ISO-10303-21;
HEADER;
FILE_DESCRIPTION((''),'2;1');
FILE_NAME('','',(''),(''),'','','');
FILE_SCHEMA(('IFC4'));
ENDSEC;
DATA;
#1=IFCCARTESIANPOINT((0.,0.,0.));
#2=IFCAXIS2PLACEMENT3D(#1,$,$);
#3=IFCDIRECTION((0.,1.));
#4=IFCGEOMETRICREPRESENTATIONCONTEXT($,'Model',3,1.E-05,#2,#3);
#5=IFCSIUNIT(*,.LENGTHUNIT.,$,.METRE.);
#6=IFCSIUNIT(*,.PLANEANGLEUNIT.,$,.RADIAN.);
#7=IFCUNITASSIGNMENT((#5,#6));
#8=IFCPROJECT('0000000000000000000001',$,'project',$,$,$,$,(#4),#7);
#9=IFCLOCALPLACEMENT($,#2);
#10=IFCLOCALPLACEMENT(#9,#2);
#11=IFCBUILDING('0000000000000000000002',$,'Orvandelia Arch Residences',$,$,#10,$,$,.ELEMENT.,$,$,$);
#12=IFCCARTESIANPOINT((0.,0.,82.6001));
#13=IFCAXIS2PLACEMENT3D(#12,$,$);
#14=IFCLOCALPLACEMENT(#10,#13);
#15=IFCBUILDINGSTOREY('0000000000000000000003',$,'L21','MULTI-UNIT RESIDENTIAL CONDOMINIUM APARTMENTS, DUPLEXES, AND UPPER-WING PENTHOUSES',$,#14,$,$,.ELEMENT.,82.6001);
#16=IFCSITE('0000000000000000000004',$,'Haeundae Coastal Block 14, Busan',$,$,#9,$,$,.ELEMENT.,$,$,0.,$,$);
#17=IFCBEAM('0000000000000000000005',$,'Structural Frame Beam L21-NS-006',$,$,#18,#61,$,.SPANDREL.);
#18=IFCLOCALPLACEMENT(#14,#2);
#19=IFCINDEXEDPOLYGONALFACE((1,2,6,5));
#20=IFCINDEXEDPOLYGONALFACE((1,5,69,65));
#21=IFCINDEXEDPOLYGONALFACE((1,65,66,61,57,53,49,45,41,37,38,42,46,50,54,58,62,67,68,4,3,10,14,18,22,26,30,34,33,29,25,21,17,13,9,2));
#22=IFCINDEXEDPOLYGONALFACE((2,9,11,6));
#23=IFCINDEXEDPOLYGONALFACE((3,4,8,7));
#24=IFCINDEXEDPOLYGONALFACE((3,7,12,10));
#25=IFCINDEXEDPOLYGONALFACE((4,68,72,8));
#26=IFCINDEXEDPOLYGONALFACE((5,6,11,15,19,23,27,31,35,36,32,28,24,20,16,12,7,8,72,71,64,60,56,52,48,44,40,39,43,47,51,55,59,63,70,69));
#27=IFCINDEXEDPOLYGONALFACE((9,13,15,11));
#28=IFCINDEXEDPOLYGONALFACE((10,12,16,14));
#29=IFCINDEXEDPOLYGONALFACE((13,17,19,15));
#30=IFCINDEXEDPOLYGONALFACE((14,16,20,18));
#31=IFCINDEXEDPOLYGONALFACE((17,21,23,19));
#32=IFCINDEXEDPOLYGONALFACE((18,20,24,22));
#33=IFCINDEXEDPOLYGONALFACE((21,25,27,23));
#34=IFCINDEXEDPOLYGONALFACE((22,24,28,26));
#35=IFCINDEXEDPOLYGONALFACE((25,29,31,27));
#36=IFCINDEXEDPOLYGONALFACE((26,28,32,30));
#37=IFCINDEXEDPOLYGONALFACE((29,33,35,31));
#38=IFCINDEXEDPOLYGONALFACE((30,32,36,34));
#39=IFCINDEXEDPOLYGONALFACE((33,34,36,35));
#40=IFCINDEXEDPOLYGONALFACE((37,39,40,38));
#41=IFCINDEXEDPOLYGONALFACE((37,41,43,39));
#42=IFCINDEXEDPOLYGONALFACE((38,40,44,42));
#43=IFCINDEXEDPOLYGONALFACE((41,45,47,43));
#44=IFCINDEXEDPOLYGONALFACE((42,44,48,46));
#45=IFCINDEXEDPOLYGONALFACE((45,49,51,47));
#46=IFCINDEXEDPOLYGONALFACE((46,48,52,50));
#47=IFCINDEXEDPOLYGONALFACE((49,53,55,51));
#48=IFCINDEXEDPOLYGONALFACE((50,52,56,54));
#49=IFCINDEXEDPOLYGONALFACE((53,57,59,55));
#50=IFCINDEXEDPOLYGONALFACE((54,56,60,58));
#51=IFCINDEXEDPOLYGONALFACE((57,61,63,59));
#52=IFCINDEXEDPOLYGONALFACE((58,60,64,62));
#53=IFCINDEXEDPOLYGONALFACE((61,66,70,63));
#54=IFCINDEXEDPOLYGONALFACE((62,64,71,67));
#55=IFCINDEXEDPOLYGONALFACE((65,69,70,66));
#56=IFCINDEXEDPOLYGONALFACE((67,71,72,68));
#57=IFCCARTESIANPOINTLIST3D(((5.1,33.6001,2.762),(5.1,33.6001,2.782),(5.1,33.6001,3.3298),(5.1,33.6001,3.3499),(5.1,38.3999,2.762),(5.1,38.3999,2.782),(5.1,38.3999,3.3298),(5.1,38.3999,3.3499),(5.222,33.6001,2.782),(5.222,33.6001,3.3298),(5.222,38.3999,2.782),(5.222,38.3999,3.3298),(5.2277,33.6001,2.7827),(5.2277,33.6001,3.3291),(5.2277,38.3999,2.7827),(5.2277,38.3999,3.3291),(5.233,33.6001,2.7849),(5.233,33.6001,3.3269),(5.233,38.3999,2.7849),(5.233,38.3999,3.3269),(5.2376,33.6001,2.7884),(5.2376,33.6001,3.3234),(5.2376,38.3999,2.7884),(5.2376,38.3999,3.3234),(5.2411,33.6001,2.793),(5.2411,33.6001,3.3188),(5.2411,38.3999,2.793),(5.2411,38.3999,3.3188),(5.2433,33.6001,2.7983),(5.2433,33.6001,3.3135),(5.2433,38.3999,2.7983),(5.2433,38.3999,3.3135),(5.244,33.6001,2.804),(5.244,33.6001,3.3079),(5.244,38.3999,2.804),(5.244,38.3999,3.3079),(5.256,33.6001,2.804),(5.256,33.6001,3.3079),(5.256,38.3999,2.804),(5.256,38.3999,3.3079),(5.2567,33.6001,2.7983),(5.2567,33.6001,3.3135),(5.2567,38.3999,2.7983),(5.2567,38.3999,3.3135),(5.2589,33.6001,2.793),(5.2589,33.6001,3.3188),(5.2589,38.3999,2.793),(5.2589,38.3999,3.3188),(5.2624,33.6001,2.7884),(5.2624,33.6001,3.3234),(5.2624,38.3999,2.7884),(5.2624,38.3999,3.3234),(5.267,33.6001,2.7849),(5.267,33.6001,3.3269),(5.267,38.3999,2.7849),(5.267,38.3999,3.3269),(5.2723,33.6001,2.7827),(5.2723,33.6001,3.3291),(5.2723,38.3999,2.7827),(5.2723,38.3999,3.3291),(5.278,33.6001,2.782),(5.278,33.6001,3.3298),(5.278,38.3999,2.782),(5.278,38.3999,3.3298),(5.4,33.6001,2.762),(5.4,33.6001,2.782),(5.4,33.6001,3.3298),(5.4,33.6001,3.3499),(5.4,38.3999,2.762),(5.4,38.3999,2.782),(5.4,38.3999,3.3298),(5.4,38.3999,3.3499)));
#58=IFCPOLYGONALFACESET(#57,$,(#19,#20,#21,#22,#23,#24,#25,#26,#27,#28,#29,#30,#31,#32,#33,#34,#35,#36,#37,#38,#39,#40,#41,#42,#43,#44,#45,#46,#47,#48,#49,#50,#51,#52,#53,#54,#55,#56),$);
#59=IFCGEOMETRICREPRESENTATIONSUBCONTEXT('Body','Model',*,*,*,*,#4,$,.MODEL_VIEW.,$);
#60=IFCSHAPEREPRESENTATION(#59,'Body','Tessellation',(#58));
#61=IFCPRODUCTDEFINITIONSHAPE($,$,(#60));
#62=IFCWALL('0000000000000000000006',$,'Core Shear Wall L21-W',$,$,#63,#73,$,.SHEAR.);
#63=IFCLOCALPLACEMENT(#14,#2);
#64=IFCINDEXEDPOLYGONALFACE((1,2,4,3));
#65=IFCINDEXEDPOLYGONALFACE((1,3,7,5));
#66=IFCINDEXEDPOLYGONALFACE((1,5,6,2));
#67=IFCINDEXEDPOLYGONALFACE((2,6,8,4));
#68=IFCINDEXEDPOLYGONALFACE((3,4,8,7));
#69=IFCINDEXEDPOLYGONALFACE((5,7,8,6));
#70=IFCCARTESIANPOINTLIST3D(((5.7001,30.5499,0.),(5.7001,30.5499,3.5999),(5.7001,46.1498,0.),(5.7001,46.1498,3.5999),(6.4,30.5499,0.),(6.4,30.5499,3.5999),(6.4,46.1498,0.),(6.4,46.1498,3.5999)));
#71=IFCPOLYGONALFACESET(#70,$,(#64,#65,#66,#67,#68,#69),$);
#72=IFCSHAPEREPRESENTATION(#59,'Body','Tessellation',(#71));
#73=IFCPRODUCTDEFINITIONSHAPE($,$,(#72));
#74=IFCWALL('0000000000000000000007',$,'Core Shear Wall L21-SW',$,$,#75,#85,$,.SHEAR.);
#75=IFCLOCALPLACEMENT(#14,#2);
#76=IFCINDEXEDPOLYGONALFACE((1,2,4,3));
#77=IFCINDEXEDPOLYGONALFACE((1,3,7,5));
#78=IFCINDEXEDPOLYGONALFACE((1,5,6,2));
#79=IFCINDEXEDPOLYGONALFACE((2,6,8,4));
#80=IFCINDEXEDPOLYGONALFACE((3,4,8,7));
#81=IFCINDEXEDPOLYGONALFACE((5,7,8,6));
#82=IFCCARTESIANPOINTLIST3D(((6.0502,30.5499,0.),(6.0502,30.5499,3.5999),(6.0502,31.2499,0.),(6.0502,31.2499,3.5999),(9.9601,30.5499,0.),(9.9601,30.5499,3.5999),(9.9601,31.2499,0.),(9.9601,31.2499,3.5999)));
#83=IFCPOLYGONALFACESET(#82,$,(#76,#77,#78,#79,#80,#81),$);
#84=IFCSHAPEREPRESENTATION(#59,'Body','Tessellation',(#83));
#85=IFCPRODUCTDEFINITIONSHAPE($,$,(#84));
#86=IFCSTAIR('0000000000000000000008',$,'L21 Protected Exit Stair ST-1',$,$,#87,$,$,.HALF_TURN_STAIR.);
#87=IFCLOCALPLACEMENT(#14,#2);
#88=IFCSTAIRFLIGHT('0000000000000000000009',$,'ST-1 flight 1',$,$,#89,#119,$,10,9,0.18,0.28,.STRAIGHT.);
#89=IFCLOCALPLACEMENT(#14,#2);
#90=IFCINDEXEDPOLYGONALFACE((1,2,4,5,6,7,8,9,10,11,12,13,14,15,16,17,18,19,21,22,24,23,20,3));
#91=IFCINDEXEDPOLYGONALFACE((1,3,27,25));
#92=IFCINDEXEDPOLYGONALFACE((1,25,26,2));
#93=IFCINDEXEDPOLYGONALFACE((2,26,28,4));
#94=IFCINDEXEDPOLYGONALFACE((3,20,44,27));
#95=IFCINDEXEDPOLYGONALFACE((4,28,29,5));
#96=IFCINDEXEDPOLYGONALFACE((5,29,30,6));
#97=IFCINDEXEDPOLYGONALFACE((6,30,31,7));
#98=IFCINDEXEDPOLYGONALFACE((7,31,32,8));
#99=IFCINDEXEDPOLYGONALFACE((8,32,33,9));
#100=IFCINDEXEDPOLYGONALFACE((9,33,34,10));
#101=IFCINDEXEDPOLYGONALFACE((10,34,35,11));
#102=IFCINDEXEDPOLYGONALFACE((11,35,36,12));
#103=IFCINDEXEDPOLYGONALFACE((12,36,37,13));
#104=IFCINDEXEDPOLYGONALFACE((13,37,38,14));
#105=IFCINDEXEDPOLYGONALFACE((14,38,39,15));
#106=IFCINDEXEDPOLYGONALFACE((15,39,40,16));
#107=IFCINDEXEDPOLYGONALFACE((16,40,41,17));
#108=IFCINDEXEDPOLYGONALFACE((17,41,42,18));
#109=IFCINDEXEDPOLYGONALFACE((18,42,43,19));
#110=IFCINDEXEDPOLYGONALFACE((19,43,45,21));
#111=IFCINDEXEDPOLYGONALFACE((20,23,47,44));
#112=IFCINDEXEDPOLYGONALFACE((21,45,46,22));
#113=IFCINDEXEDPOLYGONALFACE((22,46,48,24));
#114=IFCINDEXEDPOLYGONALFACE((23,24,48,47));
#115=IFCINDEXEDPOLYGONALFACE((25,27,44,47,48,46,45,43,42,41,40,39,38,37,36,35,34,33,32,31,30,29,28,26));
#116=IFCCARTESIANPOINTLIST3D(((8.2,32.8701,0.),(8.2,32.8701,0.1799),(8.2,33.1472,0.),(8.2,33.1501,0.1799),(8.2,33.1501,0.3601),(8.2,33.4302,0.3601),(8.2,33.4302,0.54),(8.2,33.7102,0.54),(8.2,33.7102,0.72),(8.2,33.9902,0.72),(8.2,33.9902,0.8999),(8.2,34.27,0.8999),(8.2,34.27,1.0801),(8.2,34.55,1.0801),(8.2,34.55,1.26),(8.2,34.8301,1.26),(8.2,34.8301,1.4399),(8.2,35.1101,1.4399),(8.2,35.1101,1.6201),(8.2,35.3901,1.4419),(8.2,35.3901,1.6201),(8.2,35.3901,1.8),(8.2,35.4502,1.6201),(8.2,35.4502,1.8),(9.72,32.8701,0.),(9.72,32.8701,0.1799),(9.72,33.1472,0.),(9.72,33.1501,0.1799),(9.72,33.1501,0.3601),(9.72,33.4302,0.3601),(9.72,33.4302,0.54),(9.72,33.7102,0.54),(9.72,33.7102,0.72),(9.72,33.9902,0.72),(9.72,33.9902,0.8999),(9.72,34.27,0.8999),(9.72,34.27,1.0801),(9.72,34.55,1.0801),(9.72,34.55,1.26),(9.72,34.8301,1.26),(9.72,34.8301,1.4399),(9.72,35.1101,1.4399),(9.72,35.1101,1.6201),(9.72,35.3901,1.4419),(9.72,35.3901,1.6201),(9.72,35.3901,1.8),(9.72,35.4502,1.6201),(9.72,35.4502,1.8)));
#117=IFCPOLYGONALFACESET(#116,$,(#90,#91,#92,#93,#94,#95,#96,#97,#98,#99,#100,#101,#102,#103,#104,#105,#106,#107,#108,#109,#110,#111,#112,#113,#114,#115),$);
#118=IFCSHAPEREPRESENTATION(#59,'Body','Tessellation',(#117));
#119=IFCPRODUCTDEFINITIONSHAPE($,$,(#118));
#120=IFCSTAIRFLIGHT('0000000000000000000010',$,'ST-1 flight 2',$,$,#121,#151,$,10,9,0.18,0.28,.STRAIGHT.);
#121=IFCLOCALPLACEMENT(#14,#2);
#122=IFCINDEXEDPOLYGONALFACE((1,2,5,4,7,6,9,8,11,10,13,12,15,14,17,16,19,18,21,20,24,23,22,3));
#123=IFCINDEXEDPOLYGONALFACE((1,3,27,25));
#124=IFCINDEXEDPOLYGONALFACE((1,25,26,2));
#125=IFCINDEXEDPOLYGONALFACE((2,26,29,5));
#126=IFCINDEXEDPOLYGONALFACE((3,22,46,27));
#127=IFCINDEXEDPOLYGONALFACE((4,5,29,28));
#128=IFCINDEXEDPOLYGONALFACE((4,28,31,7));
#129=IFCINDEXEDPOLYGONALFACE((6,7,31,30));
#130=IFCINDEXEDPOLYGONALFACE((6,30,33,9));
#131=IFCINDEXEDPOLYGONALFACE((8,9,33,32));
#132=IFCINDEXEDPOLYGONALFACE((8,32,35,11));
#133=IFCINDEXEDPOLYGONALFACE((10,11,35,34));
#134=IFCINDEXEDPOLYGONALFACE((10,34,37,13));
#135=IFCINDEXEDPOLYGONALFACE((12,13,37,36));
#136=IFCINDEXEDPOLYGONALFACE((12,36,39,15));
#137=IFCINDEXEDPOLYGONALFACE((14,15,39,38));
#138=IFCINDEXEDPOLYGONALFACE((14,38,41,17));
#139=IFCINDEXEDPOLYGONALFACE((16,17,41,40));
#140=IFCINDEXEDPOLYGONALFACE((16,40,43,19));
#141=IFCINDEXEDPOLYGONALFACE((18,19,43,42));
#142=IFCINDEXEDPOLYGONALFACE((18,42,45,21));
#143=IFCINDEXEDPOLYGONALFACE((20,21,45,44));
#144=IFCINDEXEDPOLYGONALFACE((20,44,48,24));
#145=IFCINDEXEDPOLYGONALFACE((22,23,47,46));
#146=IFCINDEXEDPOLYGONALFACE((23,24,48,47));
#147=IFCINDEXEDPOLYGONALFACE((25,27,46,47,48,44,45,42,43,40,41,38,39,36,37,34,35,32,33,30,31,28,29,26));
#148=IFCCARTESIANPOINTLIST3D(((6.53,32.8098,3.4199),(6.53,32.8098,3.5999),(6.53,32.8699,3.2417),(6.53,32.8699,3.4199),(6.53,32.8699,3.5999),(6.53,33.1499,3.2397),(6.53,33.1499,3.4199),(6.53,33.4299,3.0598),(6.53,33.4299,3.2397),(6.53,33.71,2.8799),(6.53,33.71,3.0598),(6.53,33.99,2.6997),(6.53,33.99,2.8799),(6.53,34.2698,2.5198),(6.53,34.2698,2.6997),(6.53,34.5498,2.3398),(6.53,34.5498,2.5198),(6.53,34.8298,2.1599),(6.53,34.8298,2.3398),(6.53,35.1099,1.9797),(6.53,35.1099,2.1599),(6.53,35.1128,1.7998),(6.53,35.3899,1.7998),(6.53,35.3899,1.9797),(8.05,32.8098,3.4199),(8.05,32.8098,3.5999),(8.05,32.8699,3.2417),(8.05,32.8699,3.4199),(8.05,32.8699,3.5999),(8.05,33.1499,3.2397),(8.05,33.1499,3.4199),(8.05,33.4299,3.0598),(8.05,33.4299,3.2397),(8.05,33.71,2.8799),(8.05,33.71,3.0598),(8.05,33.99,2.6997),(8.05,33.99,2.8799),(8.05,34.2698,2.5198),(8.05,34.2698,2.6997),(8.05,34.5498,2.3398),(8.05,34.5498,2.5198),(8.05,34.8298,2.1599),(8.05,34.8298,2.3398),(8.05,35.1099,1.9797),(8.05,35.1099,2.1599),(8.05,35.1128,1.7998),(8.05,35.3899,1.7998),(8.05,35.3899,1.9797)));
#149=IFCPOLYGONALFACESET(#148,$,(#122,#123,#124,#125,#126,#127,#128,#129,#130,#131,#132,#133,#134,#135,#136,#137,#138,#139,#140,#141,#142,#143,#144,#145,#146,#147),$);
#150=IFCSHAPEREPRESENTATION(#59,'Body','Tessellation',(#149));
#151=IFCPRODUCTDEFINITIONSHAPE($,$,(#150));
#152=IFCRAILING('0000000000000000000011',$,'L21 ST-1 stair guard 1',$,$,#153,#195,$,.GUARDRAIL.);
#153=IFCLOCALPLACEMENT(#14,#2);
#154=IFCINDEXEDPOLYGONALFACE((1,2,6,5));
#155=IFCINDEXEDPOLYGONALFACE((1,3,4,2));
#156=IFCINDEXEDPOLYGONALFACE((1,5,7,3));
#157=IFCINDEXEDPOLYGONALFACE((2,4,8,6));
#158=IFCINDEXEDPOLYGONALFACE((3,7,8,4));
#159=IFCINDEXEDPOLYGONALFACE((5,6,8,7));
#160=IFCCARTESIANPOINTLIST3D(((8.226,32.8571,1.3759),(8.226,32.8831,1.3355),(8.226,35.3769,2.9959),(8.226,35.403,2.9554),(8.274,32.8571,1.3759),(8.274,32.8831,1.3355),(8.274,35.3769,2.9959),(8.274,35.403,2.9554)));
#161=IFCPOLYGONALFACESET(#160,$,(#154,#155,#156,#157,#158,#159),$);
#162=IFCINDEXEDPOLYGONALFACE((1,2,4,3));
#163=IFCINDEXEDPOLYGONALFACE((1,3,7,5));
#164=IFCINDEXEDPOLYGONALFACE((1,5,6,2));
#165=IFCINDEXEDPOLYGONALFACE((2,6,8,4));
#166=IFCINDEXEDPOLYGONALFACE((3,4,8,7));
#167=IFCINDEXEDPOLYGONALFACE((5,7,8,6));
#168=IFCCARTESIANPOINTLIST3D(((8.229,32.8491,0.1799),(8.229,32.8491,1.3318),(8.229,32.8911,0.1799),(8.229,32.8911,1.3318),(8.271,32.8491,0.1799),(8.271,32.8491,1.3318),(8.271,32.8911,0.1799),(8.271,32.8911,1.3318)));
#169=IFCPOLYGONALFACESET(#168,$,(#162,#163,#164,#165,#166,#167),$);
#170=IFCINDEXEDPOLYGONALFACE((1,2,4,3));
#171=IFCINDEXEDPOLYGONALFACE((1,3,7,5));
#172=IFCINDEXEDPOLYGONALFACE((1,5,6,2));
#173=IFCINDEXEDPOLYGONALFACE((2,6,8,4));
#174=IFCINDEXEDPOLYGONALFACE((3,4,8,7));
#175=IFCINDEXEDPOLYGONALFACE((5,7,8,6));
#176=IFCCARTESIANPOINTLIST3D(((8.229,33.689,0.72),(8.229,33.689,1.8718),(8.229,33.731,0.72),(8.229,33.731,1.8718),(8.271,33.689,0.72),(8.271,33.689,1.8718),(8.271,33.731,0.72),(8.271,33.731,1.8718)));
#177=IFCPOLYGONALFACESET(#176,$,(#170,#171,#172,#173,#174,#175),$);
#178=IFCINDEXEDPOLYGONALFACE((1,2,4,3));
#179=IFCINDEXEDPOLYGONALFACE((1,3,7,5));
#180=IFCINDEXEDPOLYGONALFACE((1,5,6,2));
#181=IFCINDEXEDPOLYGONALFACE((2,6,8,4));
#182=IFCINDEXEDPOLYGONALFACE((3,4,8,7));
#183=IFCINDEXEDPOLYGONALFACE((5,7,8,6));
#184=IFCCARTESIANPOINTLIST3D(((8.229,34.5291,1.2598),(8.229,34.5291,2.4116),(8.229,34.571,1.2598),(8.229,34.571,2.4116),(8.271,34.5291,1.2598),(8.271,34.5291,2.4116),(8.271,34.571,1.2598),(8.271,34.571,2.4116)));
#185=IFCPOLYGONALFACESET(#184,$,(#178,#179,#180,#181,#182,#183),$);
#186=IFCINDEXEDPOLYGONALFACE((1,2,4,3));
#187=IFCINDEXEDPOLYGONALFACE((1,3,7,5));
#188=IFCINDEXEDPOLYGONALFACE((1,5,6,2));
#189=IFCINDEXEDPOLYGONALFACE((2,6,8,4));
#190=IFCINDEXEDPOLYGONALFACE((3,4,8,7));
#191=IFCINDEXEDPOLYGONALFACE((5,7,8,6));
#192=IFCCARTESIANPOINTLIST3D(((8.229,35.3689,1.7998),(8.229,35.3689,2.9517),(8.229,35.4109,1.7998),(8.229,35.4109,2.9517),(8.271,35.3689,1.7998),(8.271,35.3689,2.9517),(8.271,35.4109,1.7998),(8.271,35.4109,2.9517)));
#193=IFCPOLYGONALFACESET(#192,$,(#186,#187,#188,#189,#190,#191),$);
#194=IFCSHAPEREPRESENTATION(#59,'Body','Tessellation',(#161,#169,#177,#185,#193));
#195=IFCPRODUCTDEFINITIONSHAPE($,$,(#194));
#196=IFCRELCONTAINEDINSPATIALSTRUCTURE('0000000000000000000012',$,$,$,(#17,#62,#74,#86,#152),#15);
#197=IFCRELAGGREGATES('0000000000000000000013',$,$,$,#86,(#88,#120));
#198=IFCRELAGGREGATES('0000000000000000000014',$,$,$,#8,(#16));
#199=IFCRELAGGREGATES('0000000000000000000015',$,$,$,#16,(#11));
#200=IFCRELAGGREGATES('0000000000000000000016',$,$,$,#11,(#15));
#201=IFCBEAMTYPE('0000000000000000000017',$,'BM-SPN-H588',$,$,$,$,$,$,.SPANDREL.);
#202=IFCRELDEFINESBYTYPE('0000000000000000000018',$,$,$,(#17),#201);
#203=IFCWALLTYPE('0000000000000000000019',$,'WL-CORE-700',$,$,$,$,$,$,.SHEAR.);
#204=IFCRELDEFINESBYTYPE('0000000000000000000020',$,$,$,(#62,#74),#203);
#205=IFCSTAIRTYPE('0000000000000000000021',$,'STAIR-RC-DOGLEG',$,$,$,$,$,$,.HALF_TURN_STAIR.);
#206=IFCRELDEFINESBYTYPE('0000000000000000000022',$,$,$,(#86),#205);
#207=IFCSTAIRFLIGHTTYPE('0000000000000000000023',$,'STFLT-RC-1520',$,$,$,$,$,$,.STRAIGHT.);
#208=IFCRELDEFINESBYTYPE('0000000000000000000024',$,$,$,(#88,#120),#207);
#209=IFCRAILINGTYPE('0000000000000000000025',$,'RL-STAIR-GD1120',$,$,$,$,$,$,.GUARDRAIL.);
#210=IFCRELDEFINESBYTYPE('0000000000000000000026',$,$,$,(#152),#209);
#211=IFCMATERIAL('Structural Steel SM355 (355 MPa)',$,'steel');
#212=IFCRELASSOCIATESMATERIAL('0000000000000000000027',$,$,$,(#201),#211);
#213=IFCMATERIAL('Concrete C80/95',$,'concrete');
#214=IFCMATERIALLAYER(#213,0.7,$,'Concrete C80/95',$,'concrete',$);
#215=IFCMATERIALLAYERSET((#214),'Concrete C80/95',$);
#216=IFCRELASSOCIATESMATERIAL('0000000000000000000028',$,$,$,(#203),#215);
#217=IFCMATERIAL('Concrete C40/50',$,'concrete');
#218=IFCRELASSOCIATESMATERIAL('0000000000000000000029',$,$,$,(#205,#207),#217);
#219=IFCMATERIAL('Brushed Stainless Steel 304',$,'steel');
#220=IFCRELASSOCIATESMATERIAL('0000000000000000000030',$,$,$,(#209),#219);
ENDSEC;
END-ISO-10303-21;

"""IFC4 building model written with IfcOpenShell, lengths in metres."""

from ifc_helpers import new_model, si_unit, direction, frame, frame_2d, origin, origin_2d, place, context, subcontext, project, spatial, polyline, rectangle, i_section, outline, extrude, material, layer, layer_set, material_profile, profile_set, type_object, element, aggregate, save


model = new_model("IFC4")

# Units and contexts
model_context = context("Model", 3, precision=1e-05, world=origin(), true_north=direction((0.0, 1.0)))
body_context = subcontext(model_context, "Body", "Model", "MODEL_VIEW")
ifc_project = project(units=[si_unit("LENGTHUNIT", "METRE"), si_unit("PLANEANGLEUNIT", "RADIAN")], contexts=[model_context])

# Site, building, storey
site_placement = place(None, origin())
site = spatial("IfcSite", under=ifc_project, at=site_placement, Name="Haeundae Coastal Block 14, Busan", CompositionType="ELEMENT", RefElevation=0.0)
building_placement = place(site_placement, origin())
building = spatial("IfcBuilding", under=site, at=building_placement, Name="Orvandelia Arch Residences", CompositionType="ELEMENT")
storey_placement = place(building_placement, frame((0.0, 0.0, 82.6001)))
storey = spatial("IfcBuildingStorey", under=building, at=storey_placement, Name="L21", Description="MULTI-UNIT RESIDENTIAL CONDOMINIUM APARTMENTS, DUPLEXES, AND UPPER-WING PENTHOUSES", CompositionType="ELEMENT", Elevation=82.6001)

# Shared definitions
ifc_material_1 = material(Name="Concrete C80/95", Category="concrete")

# Beam
ifc_material_2 = material(Name="Structural Steel SM355 (355 MPa)", Category="steel")
ifc_material_profile_1 = material_profile(ifc_material_2, i_section(OverallWidth=0.3, OverallDepth=0.5879, WebThickness=0.012, FlangeThickness=0.02, FilletRadius=0.022, at=origin_2d()), Name="Structural Steel SM355 (355 MPa)", Category="steel")
ifc_profile_set_1 = profile_set([ifc_material_profile_1], Name="Structural Steel SM355 (355 MPa)")
beam_type_1 = type_object("IfcBeamType", Name="BM-SPN-H588", PredefinedType="SPANDREL", material=ifc_profile_set_1)
beam_1_placement = place(storey_placement, frame((5.25, 33.6001, 3.0559), z_axis=(0.0, 1.0, 0.0), x_axis=(-1.0, 0.0, 0.0)))
element("IfcBeam", 1, at=beam_1_placement, inside=storey, type_object=beam_type_1, Name="Structural Frame Beam L21-NS-006", PredefinedType="SPANDREL", context=body_context, shape_type="SweptSolid", body=[
    extrude(i_section(OverallWidth=0.3, OverallDepth=0.5879, WebThickness=0.012, FlangeThickness=0.02, FilletRadius=0.022, at=origin_2d()), origin(), (0.0, 0.0, 1.0), 4.7998),
])

# Walls
ifc_layer = layer(ifc_material_1, 0.7, Name="Concrete C80/95", Category="concrete")
ifc_layer_set = layer_set([ifc_layer], Name="Concrete C80/95")
wall_type = type_object("IfcWallType", Name="WL-CORE-700", PredefinedType="SHEAR", material=ifc_layer_set)
wall_1_placement = place(storey_placement, frame((6.05, 30.55, 0.0), z_axis=(0.0, 0.0, 1.0), x_axis=(0.0, 1.0, 0.0)))
element("IfcWall", 2, at=wall_1_placement, inside=storey, type_object=wall_type, Name="Core Shear Wall L21-W", PredefinedType="SHEAR", context=body_context, shape_type="SweptSolid", body=[
    extrude(rectangle(XDim=15.5999, YDim=0.7, at=frame_2d((7.7998, 0.0))), origin(), (0.0, 0.0, 1.0), 3.5999),
])
wall_2_placement = place(storey_placement, frame((6.05, 30.8999, 0.0), z_axis=(0.0, 0.0, 1.0), x_axis=(1.0, 0.0, 0.0)))
element("IfcWall", 3, at=wall_2_placement, inside=storey, type_object=wall_type, Name="Core Shear Wall L21-SW", PredefinedType="SHEAR", context=body_context, shape_type="SweptSolid", body=[
    extrude(rectangle(XDim=3.9099, YDim=0.7, at=frame_2d((1.9551, 0.0))), origin(), (0.0, 0.0, 1.0), 3.5999),
])

# Stair, stair flights
ifc_material_3 = material(Name="Concrete C40/50", Category="concrete")
stair_type = type_object("IfcStairType", Name="STAIR-RC-DOGLEG", PredefinedType="HALF_TURN_STAIR", material=ifc_material_3)
stair_placement = place(storey_placement, origin())
stair = element("IfcStair", 4, at=stair_placement, inside=storey, type_object=stair_type, Name="L21 Protected Exit Stair ST-1", PredefinedType="HALF_TURN_STAIR")
stair_flight_type = type_object("IfcStairFlightType", Name="STFLT-RC-1520", PredefinedType="STRAIGHT", material=ifc_material_3)
stair_flight_1_placement = place(storey_placement, frame((8.96, 32.8701, 0.0), z_axis=(0.0, 0.0, 1.0), x_axis=(0.0, 1.0, 0.0)))
stair_flight_1 = element("IfcStairFlight", 5, at=stair_flight_1_placement, type_object=stair_flight_type, Name="ST-1 flight 1", NumberOfRisers=10, NumberOfTreads=9, PredefinedType="STRAIGHT", RiserHeight=0.18, TreadLength=0.28, context=body_context, shape_type="SweptSolid", body=[
    extrude(outline(polyline([(0.0, 0.0), (0.0, 0.1799), (0.28, 0.1799), (0.28, 0.3601), (0.5601, 0.3601), (0.5601, 0.54), (0.8401, 0.54), (0.8401, 0.72), (1.1201, 0.72), (1.1201, 0.8999), (1.3999, 0.8999), (1.3999, 1.0801), (1.6799, 1.0801), (1.6799, 1.26), (1.96, 1.26), (1.96, 1.4399), (2.24, 1.4399), (2.24, 1.6201), (2.52, 1.6201), (2.52, 1.8), (2.5801, 1.8), (2.5801, 1.6201), (2.52, 1.4419), (0.2771, 0.0), (0.0, 0.0)])), frame((0.0, 0.76, 0.0), z_axis=(0.0, -1.0, 0.0), x_axis=(1.0, 0.0, 0.0)), (0.0, 0.0, 1.0), 1.52),
])
stair_flight_2_placement = place(storey_placement, frame((7.29, 35.3899, 1.7998), z_axis=(0.0, 0.0, 1.0), x_axis=(0.0, -1.0, 0.0)))
stair_flight_2 = element("IfcStairFlight", 6, at=stair_flight_2_placement, type_object=stair_flight_type, Name="ST-1 flight 2", NumberOfRisers=10, NumberOfTreads=9, PredefinedType="STRAIGHT", RiserHeight=0.18, TreadLength=0.28, context=body_context, shape_type="SweptSolid", body=[
    extrude(outline(polyline([(0.0, 0.0), (0.0, 0.1799), (0.28, 0.1799), (0.28, 0.3601), (0.5601, 0.3601), (0.5601, 0.54), (0.8401, 0.54), (0.8401, 0.72), (1.1201, 0.72), (1.1201, 0.8999), (1.3999, 0.8999), (1.3999, 1.0801), (1.6799, 1.0801), (1.6799, 1.26), (1.96, 1.26), (1.96, 1.4399), (2.24, 1.4399), (2.24, 1.6201), (2.52, 1.6201), (2.52, 1.8), (2.5801, 1.8), (2.5801, 1.6201), (2.52, 1.4419), (0.2771, 0.0), (0.0, 0.0)])), frame((0.0, 0.76, 0.0), z_axis=(0.0, -1.0, 0.0), x_axis=(1.0, 0.0, 0.0)), (0.0, 0.0, 1.0), 1.52),
])
aggregate(stair, [stair_flight_1, stair_flight_2])

# Railing
ifc_material_4 = material(Name="Brushed Stainless Steel 304", Category="steel")
railing_type_1 = type_object("IfcRailingType", Name="RL-STAIR-GD1120", PredefinedType="GUARDRAIL", material=ifc_material_4)
railing_1_placement = place(storey_placement, frame((8.25, 32.8701, 0.1799)))
element("IfcRailing", 7, at=railing_1_placement, inside=storey, type_object=railing_type_1, Name="L21 ST-1 stair guard 1", PredefinedType="GUARDRAIL", context=body_context, shape_type="SweptSolid", body=[
    extrude(rectangle(XDim=0.0481, YDim=0.0481, at=origin_2d()), frame((0.0, 0.0, 1.1758), z_axis=(0.0, 0.841176, 0.540762), x_axis=(-1.0, 0.0, 0.0)), (0.0, 0.0, 1.0), 2.9956),
    extrude(rectangle(XDim=0.042, YDim=0.042, at=origin_2d()), origin(), (0.0, 0.0, 1.0), 1.1519),
    extrude(rectangle(XDim=0.042, YDim=0.042, at=origin_2d()), frame((0.0, 0.8398, 0.54)), (0.0, 0.0, 1.0), 1.1519),
    extrude(rectangle(XDim=0.042, YDim=0.042, at=origin_2d()), frame((0.0, 1.6799, 1.0798)), (0.0, 0.0, 1.0), 1.1519),
    extrude(rectangle(XDim=0.042, YDim=0.042, at=origin_2d()), frame((0.0, 2.5198, 1.6199)), (0.0, 0.0, 1.0), 1.1519),
])

save(model, "model.ifc")
